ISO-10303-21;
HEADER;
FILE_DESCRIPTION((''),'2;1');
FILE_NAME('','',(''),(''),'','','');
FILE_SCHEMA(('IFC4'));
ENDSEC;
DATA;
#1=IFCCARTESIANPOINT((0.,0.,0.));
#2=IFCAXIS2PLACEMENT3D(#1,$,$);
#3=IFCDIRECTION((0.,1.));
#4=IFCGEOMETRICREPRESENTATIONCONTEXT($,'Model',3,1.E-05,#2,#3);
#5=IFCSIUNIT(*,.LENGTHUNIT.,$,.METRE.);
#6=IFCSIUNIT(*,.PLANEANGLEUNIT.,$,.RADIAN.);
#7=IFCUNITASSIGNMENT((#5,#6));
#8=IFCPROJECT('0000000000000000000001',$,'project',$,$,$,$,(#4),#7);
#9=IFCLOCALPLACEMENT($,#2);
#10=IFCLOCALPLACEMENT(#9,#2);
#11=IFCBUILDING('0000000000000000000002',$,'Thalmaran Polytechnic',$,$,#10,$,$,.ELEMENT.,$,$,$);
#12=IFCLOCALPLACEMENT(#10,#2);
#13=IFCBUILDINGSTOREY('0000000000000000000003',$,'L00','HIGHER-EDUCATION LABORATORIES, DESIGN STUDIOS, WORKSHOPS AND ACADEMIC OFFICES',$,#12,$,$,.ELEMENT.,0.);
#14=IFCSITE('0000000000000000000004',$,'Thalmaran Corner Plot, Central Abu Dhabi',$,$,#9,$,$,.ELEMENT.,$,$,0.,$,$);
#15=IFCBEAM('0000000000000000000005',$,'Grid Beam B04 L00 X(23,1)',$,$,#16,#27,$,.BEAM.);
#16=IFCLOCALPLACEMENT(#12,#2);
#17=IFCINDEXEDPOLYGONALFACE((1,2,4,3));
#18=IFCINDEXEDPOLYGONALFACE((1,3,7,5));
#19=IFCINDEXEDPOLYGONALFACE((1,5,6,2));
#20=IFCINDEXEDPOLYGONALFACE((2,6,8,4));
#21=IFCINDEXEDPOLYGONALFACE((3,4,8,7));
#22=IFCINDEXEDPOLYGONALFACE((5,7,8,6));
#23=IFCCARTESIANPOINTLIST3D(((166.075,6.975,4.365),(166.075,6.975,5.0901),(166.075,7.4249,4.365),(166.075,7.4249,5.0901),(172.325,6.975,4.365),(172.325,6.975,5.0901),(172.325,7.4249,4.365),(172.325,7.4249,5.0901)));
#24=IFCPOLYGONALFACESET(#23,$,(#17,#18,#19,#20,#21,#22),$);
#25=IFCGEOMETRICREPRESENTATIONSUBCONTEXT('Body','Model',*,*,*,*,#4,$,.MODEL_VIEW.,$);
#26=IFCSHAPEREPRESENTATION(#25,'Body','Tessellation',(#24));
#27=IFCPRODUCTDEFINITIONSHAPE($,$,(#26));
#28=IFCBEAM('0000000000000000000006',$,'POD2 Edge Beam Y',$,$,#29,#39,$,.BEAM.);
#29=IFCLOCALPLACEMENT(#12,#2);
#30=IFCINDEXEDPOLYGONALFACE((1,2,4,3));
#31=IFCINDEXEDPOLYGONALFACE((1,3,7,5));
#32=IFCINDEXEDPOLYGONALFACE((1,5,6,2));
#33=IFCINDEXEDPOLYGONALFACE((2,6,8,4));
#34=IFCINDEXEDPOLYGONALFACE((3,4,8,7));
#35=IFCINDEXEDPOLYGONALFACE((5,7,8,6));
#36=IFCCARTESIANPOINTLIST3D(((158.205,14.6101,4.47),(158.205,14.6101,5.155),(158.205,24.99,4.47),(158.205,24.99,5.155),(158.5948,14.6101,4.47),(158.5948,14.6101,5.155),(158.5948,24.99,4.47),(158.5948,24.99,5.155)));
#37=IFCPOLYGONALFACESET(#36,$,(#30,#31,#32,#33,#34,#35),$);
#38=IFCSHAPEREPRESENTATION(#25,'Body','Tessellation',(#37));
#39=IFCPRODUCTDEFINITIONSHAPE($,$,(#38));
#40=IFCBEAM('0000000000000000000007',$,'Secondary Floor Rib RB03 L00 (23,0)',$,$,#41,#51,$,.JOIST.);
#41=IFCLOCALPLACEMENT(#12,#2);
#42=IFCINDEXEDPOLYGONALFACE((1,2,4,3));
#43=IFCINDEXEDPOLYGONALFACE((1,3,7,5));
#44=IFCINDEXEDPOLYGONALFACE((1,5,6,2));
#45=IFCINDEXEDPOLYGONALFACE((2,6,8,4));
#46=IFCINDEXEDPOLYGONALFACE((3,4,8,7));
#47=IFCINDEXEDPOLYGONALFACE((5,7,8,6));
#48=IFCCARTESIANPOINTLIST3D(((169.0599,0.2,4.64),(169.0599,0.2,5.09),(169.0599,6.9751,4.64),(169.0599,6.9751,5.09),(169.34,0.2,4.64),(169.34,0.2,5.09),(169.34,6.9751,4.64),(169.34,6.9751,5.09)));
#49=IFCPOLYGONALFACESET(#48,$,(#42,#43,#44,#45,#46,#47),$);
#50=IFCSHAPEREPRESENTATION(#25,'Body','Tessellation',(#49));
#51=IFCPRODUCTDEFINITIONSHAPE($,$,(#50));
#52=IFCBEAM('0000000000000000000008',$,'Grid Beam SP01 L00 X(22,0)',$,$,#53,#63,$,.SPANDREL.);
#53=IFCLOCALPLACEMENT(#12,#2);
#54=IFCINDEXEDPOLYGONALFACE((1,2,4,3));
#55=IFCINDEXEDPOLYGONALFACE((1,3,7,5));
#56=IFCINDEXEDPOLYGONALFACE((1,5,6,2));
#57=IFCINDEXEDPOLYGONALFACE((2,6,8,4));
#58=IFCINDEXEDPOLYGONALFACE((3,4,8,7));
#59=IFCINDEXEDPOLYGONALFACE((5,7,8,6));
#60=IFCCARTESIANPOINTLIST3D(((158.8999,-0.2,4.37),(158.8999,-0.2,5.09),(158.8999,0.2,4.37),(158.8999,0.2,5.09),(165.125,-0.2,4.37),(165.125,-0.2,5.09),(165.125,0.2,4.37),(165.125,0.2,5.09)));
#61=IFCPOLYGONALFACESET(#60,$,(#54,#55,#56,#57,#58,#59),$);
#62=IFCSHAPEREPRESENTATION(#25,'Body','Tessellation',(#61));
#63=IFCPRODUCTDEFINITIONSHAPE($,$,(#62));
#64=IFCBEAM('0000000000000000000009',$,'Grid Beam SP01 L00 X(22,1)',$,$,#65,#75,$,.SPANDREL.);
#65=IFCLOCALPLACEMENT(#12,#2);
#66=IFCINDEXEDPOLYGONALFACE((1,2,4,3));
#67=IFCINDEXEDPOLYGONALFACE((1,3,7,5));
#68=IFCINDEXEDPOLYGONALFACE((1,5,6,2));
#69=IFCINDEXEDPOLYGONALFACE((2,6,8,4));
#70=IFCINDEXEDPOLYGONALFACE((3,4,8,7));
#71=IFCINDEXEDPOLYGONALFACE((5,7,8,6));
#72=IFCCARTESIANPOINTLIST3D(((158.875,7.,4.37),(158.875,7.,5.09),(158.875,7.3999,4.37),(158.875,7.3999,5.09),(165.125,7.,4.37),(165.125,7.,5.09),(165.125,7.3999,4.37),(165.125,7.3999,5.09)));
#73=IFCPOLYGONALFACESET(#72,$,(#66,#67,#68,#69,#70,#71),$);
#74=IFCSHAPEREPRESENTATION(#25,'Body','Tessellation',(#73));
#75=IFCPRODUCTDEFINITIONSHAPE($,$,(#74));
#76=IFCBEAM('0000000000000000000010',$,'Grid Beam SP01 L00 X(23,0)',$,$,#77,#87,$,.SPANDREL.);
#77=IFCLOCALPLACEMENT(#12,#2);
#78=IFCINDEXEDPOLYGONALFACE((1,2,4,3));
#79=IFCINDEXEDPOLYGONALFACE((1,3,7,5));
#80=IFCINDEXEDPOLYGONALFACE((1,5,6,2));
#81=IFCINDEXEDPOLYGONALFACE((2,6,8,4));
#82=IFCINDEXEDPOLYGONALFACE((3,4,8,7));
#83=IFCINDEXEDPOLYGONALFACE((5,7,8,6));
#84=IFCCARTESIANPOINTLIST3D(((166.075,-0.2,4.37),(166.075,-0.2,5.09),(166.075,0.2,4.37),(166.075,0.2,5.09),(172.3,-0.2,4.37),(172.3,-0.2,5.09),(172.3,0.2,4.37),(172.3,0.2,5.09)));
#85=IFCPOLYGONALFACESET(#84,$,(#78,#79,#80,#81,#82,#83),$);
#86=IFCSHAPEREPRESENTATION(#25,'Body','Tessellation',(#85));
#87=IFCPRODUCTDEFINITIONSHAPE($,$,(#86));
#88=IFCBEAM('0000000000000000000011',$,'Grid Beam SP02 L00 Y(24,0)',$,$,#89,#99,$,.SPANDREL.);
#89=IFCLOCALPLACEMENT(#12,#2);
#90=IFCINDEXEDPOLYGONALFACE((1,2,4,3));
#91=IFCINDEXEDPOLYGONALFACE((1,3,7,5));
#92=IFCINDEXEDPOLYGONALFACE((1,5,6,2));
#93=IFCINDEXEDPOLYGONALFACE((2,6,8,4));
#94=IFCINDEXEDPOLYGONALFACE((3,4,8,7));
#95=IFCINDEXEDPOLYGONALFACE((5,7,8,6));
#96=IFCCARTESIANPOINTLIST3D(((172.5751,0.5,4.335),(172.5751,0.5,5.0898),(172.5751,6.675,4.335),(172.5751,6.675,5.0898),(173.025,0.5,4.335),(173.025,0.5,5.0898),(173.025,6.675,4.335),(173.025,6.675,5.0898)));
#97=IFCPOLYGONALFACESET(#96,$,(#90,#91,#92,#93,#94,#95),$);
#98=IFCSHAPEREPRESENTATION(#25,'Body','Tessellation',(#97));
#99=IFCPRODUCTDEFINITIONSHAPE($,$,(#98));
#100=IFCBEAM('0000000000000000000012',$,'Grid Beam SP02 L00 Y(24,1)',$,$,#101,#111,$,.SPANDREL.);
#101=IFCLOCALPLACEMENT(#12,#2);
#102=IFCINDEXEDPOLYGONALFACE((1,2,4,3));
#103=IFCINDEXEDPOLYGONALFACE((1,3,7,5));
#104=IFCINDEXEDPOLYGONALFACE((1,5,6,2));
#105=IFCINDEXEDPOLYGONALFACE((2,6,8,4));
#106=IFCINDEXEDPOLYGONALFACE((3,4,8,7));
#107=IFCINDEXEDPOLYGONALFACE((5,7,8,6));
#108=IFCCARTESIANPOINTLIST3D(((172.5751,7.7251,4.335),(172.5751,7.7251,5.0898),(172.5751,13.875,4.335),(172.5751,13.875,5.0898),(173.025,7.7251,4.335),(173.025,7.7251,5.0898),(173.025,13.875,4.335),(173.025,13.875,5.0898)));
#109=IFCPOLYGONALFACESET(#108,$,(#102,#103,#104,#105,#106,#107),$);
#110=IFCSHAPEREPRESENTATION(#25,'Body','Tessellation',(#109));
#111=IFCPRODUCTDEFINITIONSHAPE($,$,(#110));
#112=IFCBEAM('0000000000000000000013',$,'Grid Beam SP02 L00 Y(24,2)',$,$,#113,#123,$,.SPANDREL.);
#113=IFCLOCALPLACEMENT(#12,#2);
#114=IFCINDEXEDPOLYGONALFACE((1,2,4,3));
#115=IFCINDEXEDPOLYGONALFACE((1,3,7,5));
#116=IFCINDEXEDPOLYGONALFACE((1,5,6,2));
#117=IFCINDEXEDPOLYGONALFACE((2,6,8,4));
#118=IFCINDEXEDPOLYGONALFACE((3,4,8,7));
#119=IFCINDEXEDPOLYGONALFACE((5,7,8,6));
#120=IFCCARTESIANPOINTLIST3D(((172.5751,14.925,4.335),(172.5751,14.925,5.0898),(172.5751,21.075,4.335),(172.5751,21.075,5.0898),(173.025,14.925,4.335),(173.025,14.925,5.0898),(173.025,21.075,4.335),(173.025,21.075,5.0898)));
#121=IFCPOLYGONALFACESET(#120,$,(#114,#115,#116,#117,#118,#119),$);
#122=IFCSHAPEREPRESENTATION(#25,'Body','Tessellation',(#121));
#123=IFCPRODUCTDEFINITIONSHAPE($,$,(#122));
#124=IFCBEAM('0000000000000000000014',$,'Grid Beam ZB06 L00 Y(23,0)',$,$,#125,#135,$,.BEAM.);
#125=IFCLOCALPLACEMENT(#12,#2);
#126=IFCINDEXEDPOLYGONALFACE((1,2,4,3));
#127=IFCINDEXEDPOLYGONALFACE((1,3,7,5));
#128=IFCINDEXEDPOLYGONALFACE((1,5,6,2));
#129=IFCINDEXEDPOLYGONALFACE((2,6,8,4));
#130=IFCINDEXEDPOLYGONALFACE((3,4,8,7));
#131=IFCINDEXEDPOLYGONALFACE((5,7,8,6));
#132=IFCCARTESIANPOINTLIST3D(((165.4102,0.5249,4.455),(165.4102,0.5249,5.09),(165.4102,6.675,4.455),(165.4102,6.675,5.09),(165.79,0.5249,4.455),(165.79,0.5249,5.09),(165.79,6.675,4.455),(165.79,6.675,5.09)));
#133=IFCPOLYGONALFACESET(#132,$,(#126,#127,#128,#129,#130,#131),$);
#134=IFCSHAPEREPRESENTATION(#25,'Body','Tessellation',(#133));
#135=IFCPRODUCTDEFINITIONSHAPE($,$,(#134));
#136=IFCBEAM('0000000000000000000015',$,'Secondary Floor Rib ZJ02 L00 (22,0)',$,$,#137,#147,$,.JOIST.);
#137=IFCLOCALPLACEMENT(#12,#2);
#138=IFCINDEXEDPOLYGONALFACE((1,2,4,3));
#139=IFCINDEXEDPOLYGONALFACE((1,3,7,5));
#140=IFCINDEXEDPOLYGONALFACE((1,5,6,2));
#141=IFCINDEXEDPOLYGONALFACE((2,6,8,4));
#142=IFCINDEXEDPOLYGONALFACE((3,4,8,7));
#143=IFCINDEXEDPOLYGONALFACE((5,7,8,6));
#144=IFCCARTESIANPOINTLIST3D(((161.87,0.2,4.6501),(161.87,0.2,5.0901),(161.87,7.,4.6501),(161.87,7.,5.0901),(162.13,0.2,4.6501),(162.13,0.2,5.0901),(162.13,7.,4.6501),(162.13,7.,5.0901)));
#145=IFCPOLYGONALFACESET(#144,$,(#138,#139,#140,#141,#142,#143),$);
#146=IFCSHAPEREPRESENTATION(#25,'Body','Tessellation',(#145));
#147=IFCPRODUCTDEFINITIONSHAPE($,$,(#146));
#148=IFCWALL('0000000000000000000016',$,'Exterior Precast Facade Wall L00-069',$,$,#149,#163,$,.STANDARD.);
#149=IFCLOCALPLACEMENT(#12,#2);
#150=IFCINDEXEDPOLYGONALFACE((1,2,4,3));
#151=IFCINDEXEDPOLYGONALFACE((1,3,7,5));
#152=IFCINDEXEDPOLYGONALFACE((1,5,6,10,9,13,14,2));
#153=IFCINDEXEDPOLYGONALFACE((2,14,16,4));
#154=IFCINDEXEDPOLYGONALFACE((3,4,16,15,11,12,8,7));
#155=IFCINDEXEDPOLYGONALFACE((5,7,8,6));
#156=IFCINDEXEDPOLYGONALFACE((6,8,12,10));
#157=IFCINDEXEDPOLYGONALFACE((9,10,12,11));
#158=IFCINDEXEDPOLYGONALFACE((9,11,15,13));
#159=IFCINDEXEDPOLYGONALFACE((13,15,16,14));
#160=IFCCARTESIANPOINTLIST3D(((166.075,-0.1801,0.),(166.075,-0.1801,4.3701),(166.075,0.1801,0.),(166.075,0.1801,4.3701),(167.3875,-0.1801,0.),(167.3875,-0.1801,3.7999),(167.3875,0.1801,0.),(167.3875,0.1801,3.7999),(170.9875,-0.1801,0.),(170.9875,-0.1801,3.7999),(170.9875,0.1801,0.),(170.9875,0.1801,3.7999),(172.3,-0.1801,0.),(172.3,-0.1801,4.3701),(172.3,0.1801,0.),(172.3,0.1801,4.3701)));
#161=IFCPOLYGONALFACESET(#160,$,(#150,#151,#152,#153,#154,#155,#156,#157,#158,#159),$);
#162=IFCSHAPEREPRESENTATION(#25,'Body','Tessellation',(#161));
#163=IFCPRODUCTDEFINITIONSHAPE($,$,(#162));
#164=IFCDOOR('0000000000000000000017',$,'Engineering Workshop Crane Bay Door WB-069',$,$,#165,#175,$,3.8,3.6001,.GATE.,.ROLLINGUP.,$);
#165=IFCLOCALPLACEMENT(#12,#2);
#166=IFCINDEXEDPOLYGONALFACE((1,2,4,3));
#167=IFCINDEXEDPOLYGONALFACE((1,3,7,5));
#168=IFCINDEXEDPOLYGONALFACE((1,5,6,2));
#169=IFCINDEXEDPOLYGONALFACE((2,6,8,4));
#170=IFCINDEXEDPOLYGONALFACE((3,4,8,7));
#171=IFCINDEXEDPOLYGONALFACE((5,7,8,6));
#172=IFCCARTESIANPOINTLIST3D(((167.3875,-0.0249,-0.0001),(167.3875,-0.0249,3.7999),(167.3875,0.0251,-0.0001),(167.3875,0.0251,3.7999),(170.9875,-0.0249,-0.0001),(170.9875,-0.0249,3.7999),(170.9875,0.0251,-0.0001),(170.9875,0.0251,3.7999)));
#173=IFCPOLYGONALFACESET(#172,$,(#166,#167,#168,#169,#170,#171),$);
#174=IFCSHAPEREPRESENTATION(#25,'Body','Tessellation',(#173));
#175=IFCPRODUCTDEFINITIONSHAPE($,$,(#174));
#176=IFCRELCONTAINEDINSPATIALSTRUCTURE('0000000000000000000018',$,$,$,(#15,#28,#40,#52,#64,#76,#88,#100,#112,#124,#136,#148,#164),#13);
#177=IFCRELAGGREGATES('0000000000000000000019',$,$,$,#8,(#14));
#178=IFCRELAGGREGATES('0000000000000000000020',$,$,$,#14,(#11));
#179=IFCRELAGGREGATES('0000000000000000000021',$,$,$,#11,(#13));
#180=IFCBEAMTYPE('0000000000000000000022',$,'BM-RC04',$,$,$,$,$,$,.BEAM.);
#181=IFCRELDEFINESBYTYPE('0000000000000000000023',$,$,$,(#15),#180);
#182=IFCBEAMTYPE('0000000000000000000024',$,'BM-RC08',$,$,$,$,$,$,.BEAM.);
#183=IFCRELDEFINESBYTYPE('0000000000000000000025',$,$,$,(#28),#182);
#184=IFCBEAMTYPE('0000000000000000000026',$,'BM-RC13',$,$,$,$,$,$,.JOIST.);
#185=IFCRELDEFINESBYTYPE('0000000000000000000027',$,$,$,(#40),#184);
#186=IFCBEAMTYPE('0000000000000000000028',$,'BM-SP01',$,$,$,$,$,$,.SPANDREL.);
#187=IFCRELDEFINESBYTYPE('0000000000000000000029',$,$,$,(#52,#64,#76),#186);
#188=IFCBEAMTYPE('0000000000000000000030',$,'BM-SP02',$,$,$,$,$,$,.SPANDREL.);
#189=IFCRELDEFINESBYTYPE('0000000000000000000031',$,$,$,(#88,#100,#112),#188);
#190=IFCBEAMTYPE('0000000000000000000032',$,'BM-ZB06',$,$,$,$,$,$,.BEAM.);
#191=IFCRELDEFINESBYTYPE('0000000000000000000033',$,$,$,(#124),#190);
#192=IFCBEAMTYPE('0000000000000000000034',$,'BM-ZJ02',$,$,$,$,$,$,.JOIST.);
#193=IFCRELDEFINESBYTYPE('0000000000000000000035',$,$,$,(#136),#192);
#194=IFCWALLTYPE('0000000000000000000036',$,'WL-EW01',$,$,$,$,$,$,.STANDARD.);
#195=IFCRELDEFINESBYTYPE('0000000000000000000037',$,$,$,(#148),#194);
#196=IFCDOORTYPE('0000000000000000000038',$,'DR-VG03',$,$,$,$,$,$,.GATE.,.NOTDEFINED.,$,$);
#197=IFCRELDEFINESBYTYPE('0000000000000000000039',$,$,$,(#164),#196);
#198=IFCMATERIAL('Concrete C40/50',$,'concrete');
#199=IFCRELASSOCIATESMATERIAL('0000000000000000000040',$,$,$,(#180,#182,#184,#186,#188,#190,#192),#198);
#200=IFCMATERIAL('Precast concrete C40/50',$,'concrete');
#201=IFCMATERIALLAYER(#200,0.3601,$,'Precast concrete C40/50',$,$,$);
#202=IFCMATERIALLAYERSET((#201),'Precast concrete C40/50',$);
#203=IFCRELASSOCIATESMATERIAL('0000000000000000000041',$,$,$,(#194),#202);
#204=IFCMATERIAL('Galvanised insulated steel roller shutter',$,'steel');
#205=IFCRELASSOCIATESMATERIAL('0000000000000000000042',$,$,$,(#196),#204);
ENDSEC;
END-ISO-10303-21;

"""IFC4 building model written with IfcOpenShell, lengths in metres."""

from ifc_helpers import new_model, si_unit, direction, frame, frame_2d, origin, origin_2d, place, context, subcontext, project, spatial, rectangle, extrude, material, layer, layer_set, material_profile, profile_set, type_object, element, fill, save


model = new_model("IFC4")

# Units and contexts
model_context = context("Model", 3, precision=1e-05, world=origin(), true_north=direction((0.0, 1.0)))
body_context = subcontext(model_context, "Body", "Model", "MODEL_VIEW")
ifc_project = project(units=[si_unit("LENGTHUNIT", "METRE"), si_unit("PLANEANGLEUNIT", "RADIAN")], contexts=[model_context])

# Site, building, storey
site_placement = place(None, origin())
site = spatial("IfcSite", under=ifc_project, at=site_placement, Name="Thalmaran Corner Plot, Central Abu Dhabi", CompositionType="ELEMENT", RefElevation=0.0)
building_placement = place(site_placement, origin())
building = spatial("IfcBuilding", under=site, at=building_placement, Name="Thalmaran Polytechnic", CompositionType="ELEMENT")
storey_placement = place(building_placement, origin())
storey = spatial("IfcBuildingStorey", under=building, at=storey_placement, Name="L00", Description="HIGHER-EDUCATION LABORATORIES, DESIGN STUDIOS, WORKSHOPS AND ACADEMIC OFFICES", CompositionType="ELEMENT", Elevation=0.0)

# Shared definitions
ifc_material_1 = material(Name="Concrete C40/50", Category="concrete")

# Beams
ifc_material_profile_1 = material_profile(ifc_material_1, rectangle(XDim=0.45, YDim=0.7251, at=origin_2d()), Name="RC 450x725")
ifc_profile_set_1 = profile_set([ifc_material_profile_1], Name="Concrete C40/50")
beam_type_1 = type_object("IfcBeamType", Name="BM-RC04", PredefinedType="BEAM", material=ifc_profile_set_1)
beam_1_placement = place(storey_placement, frame((166.075, 7.2, 4.7275), z_axis=(1.0, 0.0, 0.0), x_axis=(0.0, 1.0, 0.0)))
element("IfcBeam", 1, at=beam_1_placement, inside=storey, type_object=beam_type_1, Name="Grid Beam B04 L00 X(23,1)", PredefinedType="BEAM", context=body_context, shape_type="SweptSolid", body=[
    extrude(rectangle(XDim=0.45, YDim=0.7251, at=origin_2d()), origin(), (0.0, 0.0, 1.0), 6.25),
])
ifc_material_profile_2 = material_profile(ifc_material_1, rectangle(XDim=0.3899, YDim=0.6851, at=origin_2d()), Name="RC 390x685")
ifc_profile_set_2 = profile_set([ifc_material_profile_2], Name="Concrete C40/50")
beam_type_2 = type_object("IfcBeamType", Name="BM-RC08", PredefinedType="BEAM", material=ifc_profile_set_2)
beam_2_placement = place(storey_placement, frame((158.3999, 14.6101, 4.8125), z_axis=(0.0, 1.0, 0.0), x_axis=(-1.0, 0.0, 0.0)))
element("IfcBeam", 2, at=beam_2_placement, inside=storey, type_object=beam_type_2, Name="POD2 Edge Beam Y", PredefinedType="BEAM", context=body_context, shape_type="SweptSolid", body=[
    extrude(rectangle(XDim=0.3899, YDim=0.6851, at=origin_2d()), origin(), (0.0, 0.0, 1.0), 10.3799),
])
ifc_material_profile_3 = material_profile(ifc_material_1, rectangle(XDim=0.28, YDim=0.45, at=origin_2d()), Name="RC 280x450")
ifc_profile_set_3 = profile_set([ifc_material_profile_3], Name="Concrete C40/50")
beam_type_3 = type_object("IfcBeamType", Name="BM-RC13", PredefinedType="JOIST", material=ifc_profile_set_3)
beam_3_placement = place(storey_placement, frame((169.2, 0.2, 4.865), z_axis=(0.0, 1.0, 0.0), x_axis=(-1.0, 0.0, 0.0)))
element("IfcBeam", 3, at=beam_3_placement, inside=storey, type_object=beam_type_3, Name="Secondary Floor Rib RB03 L00 (23,0)", PredefinedType="JOIST", context=body_context, shape_type="SweptSolid", body=[
    extrude(rectangle(XDim=0.28, YDim=0.45, at=origin_2d()), origin(), (0.0, 0.0, 1.0), 6.7751),
])
ifc_material_profile_4 = material_profile(ifc_material_1, rectangle(XDim=0.3999, YDim=0.72, at=origin_2d()), Name="RC 400x720")
ifc_profile_set_4 = profile_set([ifc_material_profile_4], Name="Concrete C40/50")
beam_type_4 = type_object("IfcBeamType", Name="BM-SP01", PredefinedType="SPANDREL", material=ifc_profile_set_4)
beam_4_placement = place(storey_placement, frame((158.8999, 0.0, 4.73), z_axis=(1.0, 0.0, 0.0), x_axis=(0.0, 1.0, 0.0)))
element("IfcBeam", 4, at=beam_4_placement, inside=storey, type_object=beam_type_4, Name="Grid Beam SP01 L00 X(22,0)", PredefinedType="SPANDREL", context=body_context, shape_type="SweptSolid", body=[
    extrude(rectangle(XDim=0.3999, YDim=0.72, at=origin_2d()), origin(), (0.0, 0.0, 1.0), 6.2251),
])
beam_5_placement = place(storey_placement, frame((158.875, 7.2, 4.73), z_axis=(1.0, 0.0, 0.0), x_axis=(0.0, 1.0, 0.0)))
element("IfcBeam", 5, at=beam_5_placement, inside=storey, type_object=beam_type_4, Name="Grid Beam SP01 L00 X(22,1)", PredefinedType="SPANDREL", context=body_context, shape_type="SweptSolid", body=[
    extrude(rectangle(XDim=0.3999, YDim=0.72, at=origin_2d()), origin(), (0.0, 0.0, 1.0), 6.25),
])
beam_6_placement = place(storey_placement, frame((166.075, 0.0, 4.73), z_axis=(1.0, 0.0, 0.0), x_axis=(0.0, 1.0, 0.0)))
element("IfcBeam", 6, at=beam_6_placement, inside=storey, type_object=beam_type_4, Name="Grid Beam SP01 L00 X(23,0)", PredefinedType="SPANDREL", context=body_context, shape_type="SweptSolid", body=[
    extrude(rectangle(XDim=0.3999, YDim=0.72, at=origin_2d()), origin(), (0.0, 0.0, 1.0), 6.2251),
])
ifc_material_profile_5 = material_profile(ifc_material_1, rectangle(XDim=0.45, YDim=0.7549, at=origin_2d()), Name="RC 450x755")
ifc_profile_set_5 = profile_set([ifc_material_profile_5], Name="Concrete C40/50")
beam_type_5 = type_object("IfcBeamType", Name="BM-SP02", PredefinedType="SPANDREL", material=ifc_profile_set_5)
beam_7_placement = place(storey_placement, frame((172.8, 0.5, 4.7124), z_axis=(0.0, 1.0, 0.0), x_axis=(-1.0, 0.0, 0.0)))
element("IfcBeam", 7, at=beam_7_placement, inside=storey, type_object=beam_type_5, Name="Grid Beam SP02 L00 Y(24,0)", PredefinedType="SPANDREL", context=body_context, shape_type="SweptSolid", body=[
    extrude(rectangle(XDim=0.45, YDim=0.7549, at=origin_2d()), origin(), (0.0, 0.0, 1.0), 6.175),
])
for number, where, z_axis, x_axis, name in (
    (8, (172.8, 7.7251, 4.7124), (0.0, 1.0, 0.0), (-1.0, 0.0, 0.0), "Grid Beam SP02 L00 Y(24,1)"),
    (9, (172.8, 14.925, 4.7124), (0.0, 1.0, 0.0), (-1.0, 0.0, 0.0), "Grid Beam SP02 L00 Y(24,2)"),
):
    element("IfcBeam", number, at=place(storey_placement, frame(where, z_axis=z_axis, x_axis=x_axis)), inside=storey, type_object=beam_type_5, Name=name, PredefinedType="SPANDREL", context=body_context, shape_type="SweptSolid", body=[
        extrude(rectangle(XDim=0.45, YDim=0.7549, at=origin_2d()), origin(), (0.0, 0.0, 1.0), 6.1499),
    ])
ifc_material_profile_6 = material_profile(ifc_material_1, rectangle(XDim=0.3799, YDim=0.635, at=origin_2d()), Name="RC 380x635")
ifc_profile_set_6 = profile_set([ifc_material_profile_6], Name="Concrete C40/50")
beam_type_6 = type_object("IfcBeamType", Name="BM-ZB06", PredefinedType="BEAM", material=ifc_profile_set_6)
beam_8_placement = place(storey_placement, frame((165.6001, 0.5249, 4.7725), z_axis=(0.0, 1.0, 0.0), x_axis=(-1.0, 0.0, 0.0)))
element("IfcBeam", 10, at=beam_8_placement, inside=storey, type_object=beam_type_6, Name="Grid Beam ZB06 L00 Y(23,0)", PredefinedType="BEAM", context=body_context, shape_type="SweptSolid", body=[
    extrude(rectangle(XDim=0.3799, YDim=0.635, at=origin_2d()), origin(), (0.0, 0.0, 1.0), 6.1501),
])
ifc_material_profile_7 = material_profile(ifc_material_1, rectangle(XDim=0.26, YDim=0.4399, at=origin_2d()), Name="RC 260x440")
ifc_profile_set_7 = profile_set([ifc_material_profile_7], Name="Concrete C40/50")
beam_type_7 = type_object("IfcBeamType", Name="BM-ZJ02", PredefinedType="JOIST", material=ifc_profile_set_7)
beam_9_placement = place(storey_placement, frame((162.0, 0.2, 4.8701), z_axis=(0.0, 1.0, 0.0), x_axis=(-1.0, 0.0, 0.0)))
element("IfcBeam", 11, at=beam_9_placement, inside=storey, type_object=beam_type_7, Name="Secondary Floor Rib ZJ02 L00 (22,0)", PredefinedType="JOIST", context=body_context, shape_type="SweptSolid", body=[
    extrude(rectangle(XDim=0.26, YDim=0.4399, at=origin_2d()), origin(), (0.0, 0.0, 1.0), 6.8),
])

# Wall, opening, door
ifc_material_2 = material(Name="Precast concrete C40/50", Category="concrete")
ifc_layer_1 = layer(ifc_material_2, 0.3601, Name="Precast concrete C40/50")
ifc_layer_set_1 = layer_set([ifc_layer_1], Name="Precast concrete C40/50")
wall_type_1 = type_object("IfcWallType", Name="WL-EW01", PredefinedType="STANDARD", material=ifc_layer_set_1)
wall_1_placement = place(storey_placement, frame((172.3, 0.0, 0.0), z_axis=(0.0, 0.0, 1.0), x_axis=(-1.0, 0.0, 0.0)))
wall_1 = element("IfcWall", 12, at=wall_1_placement, inside=storey, type_object=wall_type_1, Name="Exterior Precast Facade Wall L00-069", PredefinedType="STANDARD", context=body_context, shape_type="SweptSolid", body=[
    extrude(rectangle(XDim=6.2251, YDim=0.3601, at=frame_2d((3.1125, 0.0))), origin(), (0.0, 0.0, 1.0), 4.3701),
])
opening_1_placement = place(wall_1_placement, frame((1.3125, 0.0, 0.0)))
opening_1 = element("IfcOpeningElement", 13, at=opening_1_placement, cuts=wall_1, PredefinedType="OPENING", context=body_context, shape_type="SweptSolid", body=[
    extrude(rectangle(XDim=3.6001, YDim=3.8, at=frame_2d((1.8, 1.8999))), frame((0.0, 0.1899, 0.0), z_axis=(0.0, -1.0, 0.0), x_axis=(1.0, 0.0, 0.0)), (0.0, 0.0, 1.0), 0.3801),
])
ifc_material_3 = material(Name="Galvanised insulated steel roller shutter", Category="steel")
door_type_1 = type_object("IfcDoorType", Name="DR-VG03", OperationType="NOTDEFINED", PredefinedType="GATE", material=ifc_material_3)
door_1_placement = place(opening_1_placement, origin())
door_1 = element("IfcDoor", 14, at=door_1_placement, inside=storey, type_object=door_type_1, Name="Engineering Workshop Crane Bay Door WB-069", OperationType="ROLLINGUP", OverallHeight=3.8, OverallWidth=3.6001, PredefinedType="GATE", context=body_context, shape_type="SweptSolid", body=[
    extrude(rectangle(XDim=3.6001, YDim=3.8, at=frame_2d((1.8, 1.8999))), frame((0.0, 0.0249, 0.0), z_axis=(0.0, -1.0, 0.0), x_axis=(1.0, 0.0, 0.0)), (0.0, 0.0, 1.0), 0.05),
])
fill(opening_1, door_1)

save(model, "model.ifc")
